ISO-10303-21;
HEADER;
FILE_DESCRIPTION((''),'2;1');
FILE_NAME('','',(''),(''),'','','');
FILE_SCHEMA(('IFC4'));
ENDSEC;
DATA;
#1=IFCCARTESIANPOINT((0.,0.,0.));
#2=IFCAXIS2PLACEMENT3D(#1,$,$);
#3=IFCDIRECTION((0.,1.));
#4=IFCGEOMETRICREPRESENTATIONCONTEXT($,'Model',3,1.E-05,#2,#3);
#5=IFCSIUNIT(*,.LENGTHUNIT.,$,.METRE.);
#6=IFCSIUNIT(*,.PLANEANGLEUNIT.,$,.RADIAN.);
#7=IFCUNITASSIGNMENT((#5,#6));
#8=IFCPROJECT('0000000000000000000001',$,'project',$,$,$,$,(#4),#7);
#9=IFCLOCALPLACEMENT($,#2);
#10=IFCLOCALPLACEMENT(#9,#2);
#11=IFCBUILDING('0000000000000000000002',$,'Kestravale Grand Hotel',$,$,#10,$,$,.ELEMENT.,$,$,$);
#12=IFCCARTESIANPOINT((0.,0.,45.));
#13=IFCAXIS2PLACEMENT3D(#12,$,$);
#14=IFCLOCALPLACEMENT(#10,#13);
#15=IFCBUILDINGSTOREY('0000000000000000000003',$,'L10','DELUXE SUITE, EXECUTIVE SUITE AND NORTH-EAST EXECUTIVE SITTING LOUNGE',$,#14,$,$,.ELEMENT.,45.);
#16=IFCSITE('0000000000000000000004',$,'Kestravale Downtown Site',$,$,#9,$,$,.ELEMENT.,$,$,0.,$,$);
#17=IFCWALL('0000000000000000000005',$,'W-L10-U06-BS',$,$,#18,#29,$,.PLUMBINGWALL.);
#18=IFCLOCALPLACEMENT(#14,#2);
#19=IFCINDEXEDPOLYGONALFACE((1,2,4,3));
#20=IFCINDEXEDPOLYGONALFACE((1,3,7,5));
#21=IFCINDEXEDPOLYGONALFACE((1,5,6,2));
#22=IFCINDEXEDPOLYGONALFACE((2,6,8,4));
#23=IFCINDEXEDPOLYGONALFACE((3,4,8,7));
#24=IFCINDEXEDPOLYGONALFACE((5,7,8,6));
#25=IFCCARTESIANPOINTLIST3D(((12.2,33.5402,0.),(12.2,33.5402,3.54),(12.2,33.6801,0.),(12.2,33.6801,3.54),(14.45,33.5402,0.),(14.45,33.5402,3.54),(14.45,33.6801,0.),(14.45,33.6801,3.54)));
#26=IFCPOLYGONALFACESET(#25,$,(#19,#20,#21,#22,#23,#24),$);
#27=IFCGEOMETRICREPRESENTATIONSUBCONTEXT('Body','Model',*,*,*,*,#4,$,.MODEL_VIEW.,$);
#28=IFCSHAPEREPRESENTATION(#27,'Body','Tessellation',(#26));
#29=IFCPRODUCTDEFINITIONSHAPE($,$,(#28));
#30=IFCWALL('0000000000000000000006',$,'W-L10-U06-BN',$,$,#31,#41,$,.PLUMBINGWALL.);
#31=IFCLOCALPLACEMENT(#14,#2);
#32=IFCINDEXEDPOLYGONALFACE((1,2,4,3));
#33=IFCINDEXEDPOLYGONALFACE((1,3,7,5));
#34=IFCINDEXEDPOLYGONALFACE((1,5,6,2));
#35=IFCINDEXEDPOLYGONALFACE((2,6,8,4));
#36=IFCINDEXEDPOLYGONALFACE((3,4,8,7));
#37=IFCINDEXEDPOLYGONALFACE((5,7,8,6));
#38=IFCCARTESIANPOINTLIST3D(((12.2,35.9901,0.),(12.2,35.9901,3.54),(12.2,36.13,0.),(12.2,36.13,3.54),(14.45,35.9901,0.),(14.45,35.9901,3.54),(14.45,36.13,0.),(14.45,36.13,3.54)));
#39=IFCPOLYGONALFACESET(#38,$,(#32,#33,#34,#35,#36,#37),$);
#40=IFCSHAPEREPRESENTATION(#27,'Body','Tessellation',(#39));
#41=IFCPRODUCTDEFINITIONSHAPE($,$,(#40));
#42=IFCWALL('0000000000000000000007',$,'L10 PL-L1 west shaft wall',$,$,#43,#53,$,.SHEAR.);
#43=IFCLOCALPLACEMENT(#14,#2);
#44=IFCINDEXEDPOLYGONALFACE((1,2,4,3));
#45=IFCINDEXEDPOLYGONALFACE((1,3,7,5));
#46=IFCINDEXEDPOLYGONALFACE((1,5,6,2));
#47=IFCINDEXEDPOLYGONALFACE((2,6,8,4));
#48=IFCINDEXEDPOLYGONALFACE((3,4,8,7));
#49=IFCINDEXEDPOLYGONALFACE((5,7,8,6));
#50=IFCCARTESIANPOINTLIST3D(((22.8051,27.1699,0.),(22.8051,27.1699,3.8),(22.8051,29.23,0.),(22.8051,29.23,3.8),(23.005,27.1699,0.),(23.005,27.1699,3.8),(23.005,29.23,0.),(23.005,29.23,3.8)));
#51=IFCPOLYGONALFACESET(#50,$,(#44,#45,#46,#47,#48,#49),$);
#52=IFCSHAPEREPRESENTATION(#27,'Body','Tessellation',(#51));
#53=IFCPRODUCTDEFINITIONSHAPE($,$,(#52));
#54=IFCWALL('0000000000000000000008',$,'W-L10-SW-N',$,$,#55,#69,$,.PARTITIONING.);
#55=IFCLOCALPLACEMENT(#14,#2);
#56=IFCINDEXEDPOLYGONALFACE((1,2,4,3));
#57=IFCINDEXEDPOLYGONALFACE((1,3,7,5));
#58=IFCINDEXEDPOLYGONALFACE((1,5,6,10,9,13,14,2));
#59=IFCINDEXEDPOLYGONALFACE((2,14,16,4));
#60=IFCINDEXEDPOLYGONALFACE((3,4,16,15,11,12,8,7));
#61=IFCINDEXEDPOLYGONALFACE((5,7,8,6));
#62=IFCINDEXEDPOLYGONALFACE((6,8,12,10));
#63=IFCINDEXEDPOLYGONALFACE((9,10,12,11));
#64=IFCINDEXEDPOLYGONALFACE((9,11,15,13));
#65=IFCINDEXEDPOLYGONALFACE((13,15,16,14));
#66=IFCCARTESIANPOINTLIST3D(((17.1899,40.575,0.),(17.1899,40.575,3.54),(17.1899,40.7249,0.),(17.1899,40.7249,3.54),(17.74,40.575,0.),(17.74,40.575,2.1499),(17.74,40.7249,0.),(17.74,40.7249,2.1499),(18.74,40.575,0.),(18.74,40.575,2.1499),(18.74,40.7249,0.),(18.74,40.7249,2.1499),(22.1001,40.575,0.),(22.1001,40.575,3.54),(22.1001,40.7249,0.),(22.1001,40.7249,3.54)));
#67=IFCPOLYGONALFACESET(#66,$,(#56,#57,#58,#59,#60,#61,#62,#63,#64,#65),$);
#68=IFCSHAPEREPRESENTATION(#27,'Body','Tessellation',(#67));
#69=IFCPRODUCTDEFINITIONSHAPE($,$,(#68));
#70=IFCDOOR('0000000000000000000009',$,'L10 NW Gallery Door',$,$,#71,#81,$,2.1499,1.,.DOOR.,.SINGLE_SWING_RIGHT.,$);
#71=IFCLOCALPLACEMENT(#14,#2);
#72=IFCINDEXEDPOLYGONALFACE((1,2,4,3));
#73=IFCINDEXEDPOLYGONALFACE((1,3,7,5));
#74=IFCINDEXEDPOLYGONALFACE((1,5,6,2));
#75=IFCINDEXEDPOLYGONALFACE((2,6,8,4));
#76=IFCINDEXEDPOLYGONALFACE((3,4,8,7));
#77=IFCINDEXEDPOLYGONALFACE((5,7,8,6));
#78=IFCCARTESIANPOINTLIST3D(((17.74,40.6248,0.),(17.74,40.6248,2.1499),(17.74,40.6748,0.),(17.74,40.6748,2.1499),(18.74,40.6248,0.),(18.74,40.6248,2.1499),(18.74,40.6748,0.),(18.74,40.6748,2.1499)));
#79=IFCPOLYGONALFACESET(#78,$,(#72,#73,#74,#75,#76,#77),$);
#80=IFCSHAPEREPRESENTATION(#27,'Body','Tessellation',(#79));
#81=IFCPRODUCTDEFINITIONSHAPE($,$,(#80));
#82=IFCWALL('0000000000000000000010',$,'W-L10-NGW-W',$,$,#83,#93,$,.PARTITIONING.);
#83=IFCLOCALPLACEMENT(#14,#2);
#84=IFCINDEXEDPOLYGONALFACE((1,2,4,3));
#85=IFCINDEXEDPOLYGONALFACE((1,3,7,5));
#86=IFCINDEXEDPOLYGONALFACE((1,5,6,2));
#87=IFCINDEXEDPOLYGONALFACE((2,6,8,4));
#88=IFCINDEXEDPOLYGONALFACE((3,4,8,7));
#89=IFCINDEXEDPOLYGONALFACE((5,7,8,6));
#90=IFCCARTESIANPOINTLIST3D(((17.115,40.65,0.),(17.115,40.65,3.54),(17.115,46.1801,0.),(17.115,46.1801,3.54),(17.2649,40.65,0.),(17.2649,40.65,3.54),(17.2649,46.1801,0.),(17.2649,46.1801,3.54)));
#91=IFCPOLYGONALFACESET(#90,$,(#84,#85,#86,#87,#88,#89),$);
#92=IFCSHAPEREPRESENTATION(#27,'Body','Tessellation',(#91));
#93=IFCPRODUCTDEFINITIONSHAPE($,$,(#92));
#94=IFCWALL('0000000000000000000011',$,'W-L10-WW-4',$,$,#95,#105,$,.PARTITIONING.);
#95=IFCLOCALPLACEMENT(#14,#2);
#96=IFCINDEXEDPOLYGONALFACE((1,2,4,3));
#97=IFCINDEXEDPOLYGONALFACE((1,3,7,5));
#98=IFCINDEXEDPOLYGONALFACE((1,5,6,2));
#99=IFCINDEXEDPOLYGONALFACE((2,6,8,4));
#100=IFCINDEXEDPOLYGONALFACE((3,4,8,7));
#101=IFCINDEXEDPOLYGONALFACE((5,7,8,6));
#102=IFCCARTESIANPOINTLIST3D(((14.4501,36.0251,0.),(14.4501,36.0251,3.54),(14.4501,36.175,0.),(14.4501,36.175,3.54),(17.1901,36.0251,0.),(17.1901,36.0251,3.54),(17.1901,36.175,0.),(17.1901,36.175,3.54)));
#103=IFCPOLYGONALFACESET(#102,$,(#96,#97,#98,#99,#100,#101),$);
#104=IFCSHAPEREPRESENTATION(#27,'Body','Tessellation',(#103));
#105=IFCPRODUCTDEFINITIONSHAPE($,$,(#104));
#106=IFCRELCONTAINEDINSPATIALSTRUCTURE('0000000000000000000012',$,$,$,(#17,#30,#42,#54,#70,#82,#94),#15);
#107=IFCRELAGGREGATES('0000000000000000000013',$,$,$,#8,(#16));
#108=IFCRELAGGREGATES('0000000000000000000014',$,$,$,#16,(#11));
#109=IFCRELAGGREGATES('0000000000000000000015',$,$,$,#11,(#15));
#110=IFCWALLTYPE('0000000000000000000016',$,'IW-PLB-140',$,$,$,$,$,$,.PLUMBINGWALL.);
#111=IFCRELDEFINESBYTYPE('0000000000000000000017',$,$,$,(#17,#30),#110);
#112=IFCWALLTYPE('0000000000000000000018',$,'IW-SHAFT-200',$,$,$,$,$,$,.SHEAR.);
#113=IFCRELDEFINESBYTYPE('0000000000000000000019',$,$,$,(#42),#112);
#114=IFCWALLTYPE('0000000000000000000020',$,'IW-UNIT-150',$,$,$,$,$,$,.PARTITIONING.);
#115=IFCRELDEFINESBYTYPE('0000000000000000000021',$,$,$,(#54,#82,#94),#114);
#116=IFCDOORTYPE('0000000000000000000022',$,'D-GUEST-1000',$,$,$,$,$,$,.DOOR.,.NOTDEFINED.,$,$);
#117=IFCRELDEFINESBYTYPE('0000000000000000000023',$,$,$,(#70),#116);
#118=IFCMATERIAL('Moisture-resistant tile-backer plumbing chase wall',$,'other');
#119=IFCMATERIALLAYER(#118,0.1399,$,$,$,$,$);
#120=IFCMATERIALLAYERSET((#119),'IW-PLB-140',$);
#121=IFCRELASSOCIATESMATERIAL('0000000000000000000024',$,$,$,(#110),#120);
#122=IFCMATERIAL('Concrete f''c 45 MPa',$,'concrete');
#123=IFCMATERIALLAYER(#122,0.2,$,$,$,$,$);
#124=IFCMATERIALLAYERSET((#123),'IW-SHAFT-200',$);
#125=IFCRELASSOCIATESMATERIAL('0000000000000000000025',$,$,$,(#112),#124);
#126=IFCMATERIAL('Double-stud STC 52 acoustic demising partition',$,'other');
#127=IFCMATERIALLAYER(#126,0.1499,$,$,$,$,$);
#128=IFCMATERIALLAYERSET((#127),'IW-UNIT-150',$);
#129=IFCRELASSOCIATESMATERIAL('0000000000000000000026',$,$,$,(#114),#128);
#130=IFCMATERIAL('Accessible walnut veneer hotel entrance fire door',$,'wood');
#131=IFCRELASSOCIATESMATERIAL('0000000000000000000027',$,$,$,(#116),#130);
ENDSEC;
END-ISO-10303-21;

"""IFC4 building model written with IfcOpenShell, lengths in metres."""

from ifc_helpers import new_model, si_unit, direction, frame, frame_2d, origin, place, context, subcontext, project, spatial, rectangle, extrude, material, layer, layer_set, type_object, element, fill, save


model = new_model("IFC4")

# Units and contexts
model_context = context("Model", 3, precision=1e-05, world=origin(), true_north=direction((0.0, 1.0)))
body_context = subcontext(model_context, "Body", "Model", "MODEL_VIEW")
ifc_project = project(units=[si_unit("LENGTHUNIT", "METRE"), si_unit("PLANEANGLEUNIT", "RADIAN")], contexts=[model_context])

# Site, building, storey
site_placement = place(None, origin())
site = spatial("IfcSite", under=ifc_project, at=site_placement, Name="Kestravale Downtown Site", CompositionType="ELEMENT", RefElevation=0.0)
building_placement = place(site_placement, origin())
building = spatial("IfcBuilding", under=site, at=building_placement, Name="Kestravale Grand Hotel", CompositionType="ELEMENT")
storey_placement = place(building_placement, frame((0.0, 0.0, 45.0)))
storey = spatial("IfcBuildingStorey", under=building, at=storey_placement, Name="L10", Description="DELUXE SUITE, EXECUTIVE SUITE AND NORTH-EAST EXECUTIVE SITTING LOUNGE", CompositionType="ELEMENT", Elevation=45.0)

# Shared definitions
ifc_material_1 = material(Name="Moisture-resistant tile-backer plumbing chase wall", Category="other")
ifc_layer_1 = layer(ifc_material_1, 0.1399)
ifc_layer_set_1 = layer_set([ifc_layer_1], Name="IW-PLB-140")
wall_type_1 = type_object("IfcWallType", Name="IW-PLB-140", PredefinedType="PLUMBINGWALL", material=ifc_layer_set_1)

# Walls
for number, where, z_axis, x_axis, name in (
    (1, (12.2, 33.6101, 0.0), (0.0, 0.0, 1.0), (1.0, 0.0, 0.0), "W-L10-U06-BS"),
    (2, (12.2, 36.0601, 0.0), (0.0, 0.0, 1.0), (1.0, 0.0, 0.0), "W-L10-U06-BN"),
):
    element("IfcWall", number, at=place(storey_placement, frame(where, z_axis=z_axis, x_axis=x_axis)), inside=storey, type_object=wall_type_1, Name=name, PredefinedType="PLUMBINGWALL", context=body_context, shape_type="SweptSolid", body=[
        extrude(rectangle(XDim=2.25, YDim=0.1399, at=frame_2d((1.125, 0.0))), origin(), (0.0, 0.0, 1.0), 3.54),
    ])
ifc_material_2 = material(Name="Concrete f'c 45 MPa", Category="concrete")
ifc_layer_2 = layer(ifc_material_2, 0.2)
ifc_layer_set_2 = layer_set([ifc_layer_2], Name="IW-SHAFT-200")
wall_type_2 = type_object("IfcWallType", Name="IW-SHAFT-200", PredefinedType="SHEAR", material=ifc_layer_set_2)
wall_1_placement = place(storey_placement, frame((22.905, 27.1699, 0.0), z_axis=(0.0, 0.0, 1.0), x_axis=(0.0, 1.0, 0.0)))
element("IfcWall", 3, at=wall_1_placement, inside=storey, type_object=wall_type_2, Name="L10 PL-L1 west shaft wall", PredefinedType="SHEAR", context=body_context, shape_type="SweptSolid", body=[
    extrude(rectangle(XDim=2.0601, YDim=0.2, at=frame_2d((1.03, 0.0))), origin(), (0.0, 0.0, 1.0), 3.8),
])

# Wall, opening, door
ifc_material_3 = material(Name="Double-stud STC 52 acoustic demising partition", Category="other")
ifc_layer_3 = layer(ifc_material_3, 0.1499)
ifc_layer_set_3 = layer_set([ifc_layer_3], Name="IW-UNIT-150")
wall_type_3 = type_object("IfcWallType", Name="IW-UNIT-150", PredefinedType="PARTITIONING", material=ifc_layer_set_3)
wall_2_placement = place(storey_placement, frame((17.1899, 40.6499, 0.0), z_axis=(0.0, 0.0, 1.0), x_axis=(1.0, 0.0, 0.0)))
wall_2 = element("IfcWall", 4, at=wall_2_placement, inside=storey, type_object=wall_type_3, Name="W-L10-SW-N", PredefinedType="PARTITIONING", context=body_context, shape_type="SweptSolid", body=[
    extrude(rectangle(XDim=4.9102, YDim=0.1499, at=frame_2d((2.4551, 0.0))), origin(), (0.0, 0.0, 1.0), 3.54),
])
opening_1_placement = place(wall_2_placement, frame((0.55, 0.0, 0.0)))
opening_1 = element("IfcOpeningElement", 5, at=opening_1_placement, cuts=wall_2, PredefinedType="OPENING", context=body_context, shape_type="SweptSolid", body=[
    extrude(rectangle(XDim=1.0, YDim=2.1499, at=frame_2d((0.5, 1.075))), frame((0.0, 0.085, 0.0), z_axis=(0.0, -1.0, 0.0), x_axis=(1.0, 0.0, 0.0)), (0.0, 0.0, 1.0), 0.1699),
])
ifc_material_4 = material(Name="Accessible walnut veneer hotel entrance fire door", Category="wood")
door_type_1 = type_object("IfcDoorType", Name="D-GUEST-1000", OperationType="NOTDEFINED", PredefinedType="DOOR", material=ifc_material_4)
door_1_placement = place(opening_1_placement, origin())
door_1 = element("IfcDoor", 6, at=door_1_placement, inside=storey, type_object=door_type_1, Name="L10 NW Gallery Door", OperationType="SINGLE_SWING_RIGHT", OverallHeight=2.1499, OverallWidth=1.0, PredefinedType="DOOR", context=body_context, shape_type="SweptSolid", body=[
    extrude(rectangle(XDim=1.0, YDim=2.1499, at=frame_2d((0.5, 1.075))), frame((0.0, 0.0249, 0.0), z_axis=(0.0, -1.0, 0.0), x_axis=(1.0, 0.0, 0.0)), (0.0, 0.0, 1.0), 0.05),
])
fill(opening_1, door_1)

# Walls
wall_3_placement = place(storey_placement, frame((17.1899, 40.6499, 0.0), z_axis=(0.0, 0.0, 1.0), x_axis=(0.0, 1.0, 0.0)))
element("IfcWall", 7, at=wall_3_placement, inside=storey, type_object=wall_type_3, Name="W-L10-NGW-W", PredefinedType="PARTITIONING", context=body_context, shape_type="SweptSolid", body=[
    extrude(rectangle(XDim=5.53, YDim=0.1499, at=frame_2d((2.7651, 0.0))), origin(), (0.0, 0.0, 1.0), 3.54),
])
wall_4_placement = place(storey_placement, frame((14.45, 36.1001, 0.0), z_axis=(0.0, 0.0, 1.0), x_axis=(1.0, 0.0, 0.0)))
element("IfcWall", 8, at=wall_4_placement, inside=storey, type_object=wall_type_3, Name="W-L10-WW-4", PredefinedType="PARTITIONING", context=body_context, shape_type="SweptSolid", body=[
    extrude(rectangle(XDim=2.74, YDim=0.1499, at=frame_2d((1.3701, 0.0))), origin(), (0.0, 0.0, 1.0), 3.54),
])

save(model, "model.ifc")
